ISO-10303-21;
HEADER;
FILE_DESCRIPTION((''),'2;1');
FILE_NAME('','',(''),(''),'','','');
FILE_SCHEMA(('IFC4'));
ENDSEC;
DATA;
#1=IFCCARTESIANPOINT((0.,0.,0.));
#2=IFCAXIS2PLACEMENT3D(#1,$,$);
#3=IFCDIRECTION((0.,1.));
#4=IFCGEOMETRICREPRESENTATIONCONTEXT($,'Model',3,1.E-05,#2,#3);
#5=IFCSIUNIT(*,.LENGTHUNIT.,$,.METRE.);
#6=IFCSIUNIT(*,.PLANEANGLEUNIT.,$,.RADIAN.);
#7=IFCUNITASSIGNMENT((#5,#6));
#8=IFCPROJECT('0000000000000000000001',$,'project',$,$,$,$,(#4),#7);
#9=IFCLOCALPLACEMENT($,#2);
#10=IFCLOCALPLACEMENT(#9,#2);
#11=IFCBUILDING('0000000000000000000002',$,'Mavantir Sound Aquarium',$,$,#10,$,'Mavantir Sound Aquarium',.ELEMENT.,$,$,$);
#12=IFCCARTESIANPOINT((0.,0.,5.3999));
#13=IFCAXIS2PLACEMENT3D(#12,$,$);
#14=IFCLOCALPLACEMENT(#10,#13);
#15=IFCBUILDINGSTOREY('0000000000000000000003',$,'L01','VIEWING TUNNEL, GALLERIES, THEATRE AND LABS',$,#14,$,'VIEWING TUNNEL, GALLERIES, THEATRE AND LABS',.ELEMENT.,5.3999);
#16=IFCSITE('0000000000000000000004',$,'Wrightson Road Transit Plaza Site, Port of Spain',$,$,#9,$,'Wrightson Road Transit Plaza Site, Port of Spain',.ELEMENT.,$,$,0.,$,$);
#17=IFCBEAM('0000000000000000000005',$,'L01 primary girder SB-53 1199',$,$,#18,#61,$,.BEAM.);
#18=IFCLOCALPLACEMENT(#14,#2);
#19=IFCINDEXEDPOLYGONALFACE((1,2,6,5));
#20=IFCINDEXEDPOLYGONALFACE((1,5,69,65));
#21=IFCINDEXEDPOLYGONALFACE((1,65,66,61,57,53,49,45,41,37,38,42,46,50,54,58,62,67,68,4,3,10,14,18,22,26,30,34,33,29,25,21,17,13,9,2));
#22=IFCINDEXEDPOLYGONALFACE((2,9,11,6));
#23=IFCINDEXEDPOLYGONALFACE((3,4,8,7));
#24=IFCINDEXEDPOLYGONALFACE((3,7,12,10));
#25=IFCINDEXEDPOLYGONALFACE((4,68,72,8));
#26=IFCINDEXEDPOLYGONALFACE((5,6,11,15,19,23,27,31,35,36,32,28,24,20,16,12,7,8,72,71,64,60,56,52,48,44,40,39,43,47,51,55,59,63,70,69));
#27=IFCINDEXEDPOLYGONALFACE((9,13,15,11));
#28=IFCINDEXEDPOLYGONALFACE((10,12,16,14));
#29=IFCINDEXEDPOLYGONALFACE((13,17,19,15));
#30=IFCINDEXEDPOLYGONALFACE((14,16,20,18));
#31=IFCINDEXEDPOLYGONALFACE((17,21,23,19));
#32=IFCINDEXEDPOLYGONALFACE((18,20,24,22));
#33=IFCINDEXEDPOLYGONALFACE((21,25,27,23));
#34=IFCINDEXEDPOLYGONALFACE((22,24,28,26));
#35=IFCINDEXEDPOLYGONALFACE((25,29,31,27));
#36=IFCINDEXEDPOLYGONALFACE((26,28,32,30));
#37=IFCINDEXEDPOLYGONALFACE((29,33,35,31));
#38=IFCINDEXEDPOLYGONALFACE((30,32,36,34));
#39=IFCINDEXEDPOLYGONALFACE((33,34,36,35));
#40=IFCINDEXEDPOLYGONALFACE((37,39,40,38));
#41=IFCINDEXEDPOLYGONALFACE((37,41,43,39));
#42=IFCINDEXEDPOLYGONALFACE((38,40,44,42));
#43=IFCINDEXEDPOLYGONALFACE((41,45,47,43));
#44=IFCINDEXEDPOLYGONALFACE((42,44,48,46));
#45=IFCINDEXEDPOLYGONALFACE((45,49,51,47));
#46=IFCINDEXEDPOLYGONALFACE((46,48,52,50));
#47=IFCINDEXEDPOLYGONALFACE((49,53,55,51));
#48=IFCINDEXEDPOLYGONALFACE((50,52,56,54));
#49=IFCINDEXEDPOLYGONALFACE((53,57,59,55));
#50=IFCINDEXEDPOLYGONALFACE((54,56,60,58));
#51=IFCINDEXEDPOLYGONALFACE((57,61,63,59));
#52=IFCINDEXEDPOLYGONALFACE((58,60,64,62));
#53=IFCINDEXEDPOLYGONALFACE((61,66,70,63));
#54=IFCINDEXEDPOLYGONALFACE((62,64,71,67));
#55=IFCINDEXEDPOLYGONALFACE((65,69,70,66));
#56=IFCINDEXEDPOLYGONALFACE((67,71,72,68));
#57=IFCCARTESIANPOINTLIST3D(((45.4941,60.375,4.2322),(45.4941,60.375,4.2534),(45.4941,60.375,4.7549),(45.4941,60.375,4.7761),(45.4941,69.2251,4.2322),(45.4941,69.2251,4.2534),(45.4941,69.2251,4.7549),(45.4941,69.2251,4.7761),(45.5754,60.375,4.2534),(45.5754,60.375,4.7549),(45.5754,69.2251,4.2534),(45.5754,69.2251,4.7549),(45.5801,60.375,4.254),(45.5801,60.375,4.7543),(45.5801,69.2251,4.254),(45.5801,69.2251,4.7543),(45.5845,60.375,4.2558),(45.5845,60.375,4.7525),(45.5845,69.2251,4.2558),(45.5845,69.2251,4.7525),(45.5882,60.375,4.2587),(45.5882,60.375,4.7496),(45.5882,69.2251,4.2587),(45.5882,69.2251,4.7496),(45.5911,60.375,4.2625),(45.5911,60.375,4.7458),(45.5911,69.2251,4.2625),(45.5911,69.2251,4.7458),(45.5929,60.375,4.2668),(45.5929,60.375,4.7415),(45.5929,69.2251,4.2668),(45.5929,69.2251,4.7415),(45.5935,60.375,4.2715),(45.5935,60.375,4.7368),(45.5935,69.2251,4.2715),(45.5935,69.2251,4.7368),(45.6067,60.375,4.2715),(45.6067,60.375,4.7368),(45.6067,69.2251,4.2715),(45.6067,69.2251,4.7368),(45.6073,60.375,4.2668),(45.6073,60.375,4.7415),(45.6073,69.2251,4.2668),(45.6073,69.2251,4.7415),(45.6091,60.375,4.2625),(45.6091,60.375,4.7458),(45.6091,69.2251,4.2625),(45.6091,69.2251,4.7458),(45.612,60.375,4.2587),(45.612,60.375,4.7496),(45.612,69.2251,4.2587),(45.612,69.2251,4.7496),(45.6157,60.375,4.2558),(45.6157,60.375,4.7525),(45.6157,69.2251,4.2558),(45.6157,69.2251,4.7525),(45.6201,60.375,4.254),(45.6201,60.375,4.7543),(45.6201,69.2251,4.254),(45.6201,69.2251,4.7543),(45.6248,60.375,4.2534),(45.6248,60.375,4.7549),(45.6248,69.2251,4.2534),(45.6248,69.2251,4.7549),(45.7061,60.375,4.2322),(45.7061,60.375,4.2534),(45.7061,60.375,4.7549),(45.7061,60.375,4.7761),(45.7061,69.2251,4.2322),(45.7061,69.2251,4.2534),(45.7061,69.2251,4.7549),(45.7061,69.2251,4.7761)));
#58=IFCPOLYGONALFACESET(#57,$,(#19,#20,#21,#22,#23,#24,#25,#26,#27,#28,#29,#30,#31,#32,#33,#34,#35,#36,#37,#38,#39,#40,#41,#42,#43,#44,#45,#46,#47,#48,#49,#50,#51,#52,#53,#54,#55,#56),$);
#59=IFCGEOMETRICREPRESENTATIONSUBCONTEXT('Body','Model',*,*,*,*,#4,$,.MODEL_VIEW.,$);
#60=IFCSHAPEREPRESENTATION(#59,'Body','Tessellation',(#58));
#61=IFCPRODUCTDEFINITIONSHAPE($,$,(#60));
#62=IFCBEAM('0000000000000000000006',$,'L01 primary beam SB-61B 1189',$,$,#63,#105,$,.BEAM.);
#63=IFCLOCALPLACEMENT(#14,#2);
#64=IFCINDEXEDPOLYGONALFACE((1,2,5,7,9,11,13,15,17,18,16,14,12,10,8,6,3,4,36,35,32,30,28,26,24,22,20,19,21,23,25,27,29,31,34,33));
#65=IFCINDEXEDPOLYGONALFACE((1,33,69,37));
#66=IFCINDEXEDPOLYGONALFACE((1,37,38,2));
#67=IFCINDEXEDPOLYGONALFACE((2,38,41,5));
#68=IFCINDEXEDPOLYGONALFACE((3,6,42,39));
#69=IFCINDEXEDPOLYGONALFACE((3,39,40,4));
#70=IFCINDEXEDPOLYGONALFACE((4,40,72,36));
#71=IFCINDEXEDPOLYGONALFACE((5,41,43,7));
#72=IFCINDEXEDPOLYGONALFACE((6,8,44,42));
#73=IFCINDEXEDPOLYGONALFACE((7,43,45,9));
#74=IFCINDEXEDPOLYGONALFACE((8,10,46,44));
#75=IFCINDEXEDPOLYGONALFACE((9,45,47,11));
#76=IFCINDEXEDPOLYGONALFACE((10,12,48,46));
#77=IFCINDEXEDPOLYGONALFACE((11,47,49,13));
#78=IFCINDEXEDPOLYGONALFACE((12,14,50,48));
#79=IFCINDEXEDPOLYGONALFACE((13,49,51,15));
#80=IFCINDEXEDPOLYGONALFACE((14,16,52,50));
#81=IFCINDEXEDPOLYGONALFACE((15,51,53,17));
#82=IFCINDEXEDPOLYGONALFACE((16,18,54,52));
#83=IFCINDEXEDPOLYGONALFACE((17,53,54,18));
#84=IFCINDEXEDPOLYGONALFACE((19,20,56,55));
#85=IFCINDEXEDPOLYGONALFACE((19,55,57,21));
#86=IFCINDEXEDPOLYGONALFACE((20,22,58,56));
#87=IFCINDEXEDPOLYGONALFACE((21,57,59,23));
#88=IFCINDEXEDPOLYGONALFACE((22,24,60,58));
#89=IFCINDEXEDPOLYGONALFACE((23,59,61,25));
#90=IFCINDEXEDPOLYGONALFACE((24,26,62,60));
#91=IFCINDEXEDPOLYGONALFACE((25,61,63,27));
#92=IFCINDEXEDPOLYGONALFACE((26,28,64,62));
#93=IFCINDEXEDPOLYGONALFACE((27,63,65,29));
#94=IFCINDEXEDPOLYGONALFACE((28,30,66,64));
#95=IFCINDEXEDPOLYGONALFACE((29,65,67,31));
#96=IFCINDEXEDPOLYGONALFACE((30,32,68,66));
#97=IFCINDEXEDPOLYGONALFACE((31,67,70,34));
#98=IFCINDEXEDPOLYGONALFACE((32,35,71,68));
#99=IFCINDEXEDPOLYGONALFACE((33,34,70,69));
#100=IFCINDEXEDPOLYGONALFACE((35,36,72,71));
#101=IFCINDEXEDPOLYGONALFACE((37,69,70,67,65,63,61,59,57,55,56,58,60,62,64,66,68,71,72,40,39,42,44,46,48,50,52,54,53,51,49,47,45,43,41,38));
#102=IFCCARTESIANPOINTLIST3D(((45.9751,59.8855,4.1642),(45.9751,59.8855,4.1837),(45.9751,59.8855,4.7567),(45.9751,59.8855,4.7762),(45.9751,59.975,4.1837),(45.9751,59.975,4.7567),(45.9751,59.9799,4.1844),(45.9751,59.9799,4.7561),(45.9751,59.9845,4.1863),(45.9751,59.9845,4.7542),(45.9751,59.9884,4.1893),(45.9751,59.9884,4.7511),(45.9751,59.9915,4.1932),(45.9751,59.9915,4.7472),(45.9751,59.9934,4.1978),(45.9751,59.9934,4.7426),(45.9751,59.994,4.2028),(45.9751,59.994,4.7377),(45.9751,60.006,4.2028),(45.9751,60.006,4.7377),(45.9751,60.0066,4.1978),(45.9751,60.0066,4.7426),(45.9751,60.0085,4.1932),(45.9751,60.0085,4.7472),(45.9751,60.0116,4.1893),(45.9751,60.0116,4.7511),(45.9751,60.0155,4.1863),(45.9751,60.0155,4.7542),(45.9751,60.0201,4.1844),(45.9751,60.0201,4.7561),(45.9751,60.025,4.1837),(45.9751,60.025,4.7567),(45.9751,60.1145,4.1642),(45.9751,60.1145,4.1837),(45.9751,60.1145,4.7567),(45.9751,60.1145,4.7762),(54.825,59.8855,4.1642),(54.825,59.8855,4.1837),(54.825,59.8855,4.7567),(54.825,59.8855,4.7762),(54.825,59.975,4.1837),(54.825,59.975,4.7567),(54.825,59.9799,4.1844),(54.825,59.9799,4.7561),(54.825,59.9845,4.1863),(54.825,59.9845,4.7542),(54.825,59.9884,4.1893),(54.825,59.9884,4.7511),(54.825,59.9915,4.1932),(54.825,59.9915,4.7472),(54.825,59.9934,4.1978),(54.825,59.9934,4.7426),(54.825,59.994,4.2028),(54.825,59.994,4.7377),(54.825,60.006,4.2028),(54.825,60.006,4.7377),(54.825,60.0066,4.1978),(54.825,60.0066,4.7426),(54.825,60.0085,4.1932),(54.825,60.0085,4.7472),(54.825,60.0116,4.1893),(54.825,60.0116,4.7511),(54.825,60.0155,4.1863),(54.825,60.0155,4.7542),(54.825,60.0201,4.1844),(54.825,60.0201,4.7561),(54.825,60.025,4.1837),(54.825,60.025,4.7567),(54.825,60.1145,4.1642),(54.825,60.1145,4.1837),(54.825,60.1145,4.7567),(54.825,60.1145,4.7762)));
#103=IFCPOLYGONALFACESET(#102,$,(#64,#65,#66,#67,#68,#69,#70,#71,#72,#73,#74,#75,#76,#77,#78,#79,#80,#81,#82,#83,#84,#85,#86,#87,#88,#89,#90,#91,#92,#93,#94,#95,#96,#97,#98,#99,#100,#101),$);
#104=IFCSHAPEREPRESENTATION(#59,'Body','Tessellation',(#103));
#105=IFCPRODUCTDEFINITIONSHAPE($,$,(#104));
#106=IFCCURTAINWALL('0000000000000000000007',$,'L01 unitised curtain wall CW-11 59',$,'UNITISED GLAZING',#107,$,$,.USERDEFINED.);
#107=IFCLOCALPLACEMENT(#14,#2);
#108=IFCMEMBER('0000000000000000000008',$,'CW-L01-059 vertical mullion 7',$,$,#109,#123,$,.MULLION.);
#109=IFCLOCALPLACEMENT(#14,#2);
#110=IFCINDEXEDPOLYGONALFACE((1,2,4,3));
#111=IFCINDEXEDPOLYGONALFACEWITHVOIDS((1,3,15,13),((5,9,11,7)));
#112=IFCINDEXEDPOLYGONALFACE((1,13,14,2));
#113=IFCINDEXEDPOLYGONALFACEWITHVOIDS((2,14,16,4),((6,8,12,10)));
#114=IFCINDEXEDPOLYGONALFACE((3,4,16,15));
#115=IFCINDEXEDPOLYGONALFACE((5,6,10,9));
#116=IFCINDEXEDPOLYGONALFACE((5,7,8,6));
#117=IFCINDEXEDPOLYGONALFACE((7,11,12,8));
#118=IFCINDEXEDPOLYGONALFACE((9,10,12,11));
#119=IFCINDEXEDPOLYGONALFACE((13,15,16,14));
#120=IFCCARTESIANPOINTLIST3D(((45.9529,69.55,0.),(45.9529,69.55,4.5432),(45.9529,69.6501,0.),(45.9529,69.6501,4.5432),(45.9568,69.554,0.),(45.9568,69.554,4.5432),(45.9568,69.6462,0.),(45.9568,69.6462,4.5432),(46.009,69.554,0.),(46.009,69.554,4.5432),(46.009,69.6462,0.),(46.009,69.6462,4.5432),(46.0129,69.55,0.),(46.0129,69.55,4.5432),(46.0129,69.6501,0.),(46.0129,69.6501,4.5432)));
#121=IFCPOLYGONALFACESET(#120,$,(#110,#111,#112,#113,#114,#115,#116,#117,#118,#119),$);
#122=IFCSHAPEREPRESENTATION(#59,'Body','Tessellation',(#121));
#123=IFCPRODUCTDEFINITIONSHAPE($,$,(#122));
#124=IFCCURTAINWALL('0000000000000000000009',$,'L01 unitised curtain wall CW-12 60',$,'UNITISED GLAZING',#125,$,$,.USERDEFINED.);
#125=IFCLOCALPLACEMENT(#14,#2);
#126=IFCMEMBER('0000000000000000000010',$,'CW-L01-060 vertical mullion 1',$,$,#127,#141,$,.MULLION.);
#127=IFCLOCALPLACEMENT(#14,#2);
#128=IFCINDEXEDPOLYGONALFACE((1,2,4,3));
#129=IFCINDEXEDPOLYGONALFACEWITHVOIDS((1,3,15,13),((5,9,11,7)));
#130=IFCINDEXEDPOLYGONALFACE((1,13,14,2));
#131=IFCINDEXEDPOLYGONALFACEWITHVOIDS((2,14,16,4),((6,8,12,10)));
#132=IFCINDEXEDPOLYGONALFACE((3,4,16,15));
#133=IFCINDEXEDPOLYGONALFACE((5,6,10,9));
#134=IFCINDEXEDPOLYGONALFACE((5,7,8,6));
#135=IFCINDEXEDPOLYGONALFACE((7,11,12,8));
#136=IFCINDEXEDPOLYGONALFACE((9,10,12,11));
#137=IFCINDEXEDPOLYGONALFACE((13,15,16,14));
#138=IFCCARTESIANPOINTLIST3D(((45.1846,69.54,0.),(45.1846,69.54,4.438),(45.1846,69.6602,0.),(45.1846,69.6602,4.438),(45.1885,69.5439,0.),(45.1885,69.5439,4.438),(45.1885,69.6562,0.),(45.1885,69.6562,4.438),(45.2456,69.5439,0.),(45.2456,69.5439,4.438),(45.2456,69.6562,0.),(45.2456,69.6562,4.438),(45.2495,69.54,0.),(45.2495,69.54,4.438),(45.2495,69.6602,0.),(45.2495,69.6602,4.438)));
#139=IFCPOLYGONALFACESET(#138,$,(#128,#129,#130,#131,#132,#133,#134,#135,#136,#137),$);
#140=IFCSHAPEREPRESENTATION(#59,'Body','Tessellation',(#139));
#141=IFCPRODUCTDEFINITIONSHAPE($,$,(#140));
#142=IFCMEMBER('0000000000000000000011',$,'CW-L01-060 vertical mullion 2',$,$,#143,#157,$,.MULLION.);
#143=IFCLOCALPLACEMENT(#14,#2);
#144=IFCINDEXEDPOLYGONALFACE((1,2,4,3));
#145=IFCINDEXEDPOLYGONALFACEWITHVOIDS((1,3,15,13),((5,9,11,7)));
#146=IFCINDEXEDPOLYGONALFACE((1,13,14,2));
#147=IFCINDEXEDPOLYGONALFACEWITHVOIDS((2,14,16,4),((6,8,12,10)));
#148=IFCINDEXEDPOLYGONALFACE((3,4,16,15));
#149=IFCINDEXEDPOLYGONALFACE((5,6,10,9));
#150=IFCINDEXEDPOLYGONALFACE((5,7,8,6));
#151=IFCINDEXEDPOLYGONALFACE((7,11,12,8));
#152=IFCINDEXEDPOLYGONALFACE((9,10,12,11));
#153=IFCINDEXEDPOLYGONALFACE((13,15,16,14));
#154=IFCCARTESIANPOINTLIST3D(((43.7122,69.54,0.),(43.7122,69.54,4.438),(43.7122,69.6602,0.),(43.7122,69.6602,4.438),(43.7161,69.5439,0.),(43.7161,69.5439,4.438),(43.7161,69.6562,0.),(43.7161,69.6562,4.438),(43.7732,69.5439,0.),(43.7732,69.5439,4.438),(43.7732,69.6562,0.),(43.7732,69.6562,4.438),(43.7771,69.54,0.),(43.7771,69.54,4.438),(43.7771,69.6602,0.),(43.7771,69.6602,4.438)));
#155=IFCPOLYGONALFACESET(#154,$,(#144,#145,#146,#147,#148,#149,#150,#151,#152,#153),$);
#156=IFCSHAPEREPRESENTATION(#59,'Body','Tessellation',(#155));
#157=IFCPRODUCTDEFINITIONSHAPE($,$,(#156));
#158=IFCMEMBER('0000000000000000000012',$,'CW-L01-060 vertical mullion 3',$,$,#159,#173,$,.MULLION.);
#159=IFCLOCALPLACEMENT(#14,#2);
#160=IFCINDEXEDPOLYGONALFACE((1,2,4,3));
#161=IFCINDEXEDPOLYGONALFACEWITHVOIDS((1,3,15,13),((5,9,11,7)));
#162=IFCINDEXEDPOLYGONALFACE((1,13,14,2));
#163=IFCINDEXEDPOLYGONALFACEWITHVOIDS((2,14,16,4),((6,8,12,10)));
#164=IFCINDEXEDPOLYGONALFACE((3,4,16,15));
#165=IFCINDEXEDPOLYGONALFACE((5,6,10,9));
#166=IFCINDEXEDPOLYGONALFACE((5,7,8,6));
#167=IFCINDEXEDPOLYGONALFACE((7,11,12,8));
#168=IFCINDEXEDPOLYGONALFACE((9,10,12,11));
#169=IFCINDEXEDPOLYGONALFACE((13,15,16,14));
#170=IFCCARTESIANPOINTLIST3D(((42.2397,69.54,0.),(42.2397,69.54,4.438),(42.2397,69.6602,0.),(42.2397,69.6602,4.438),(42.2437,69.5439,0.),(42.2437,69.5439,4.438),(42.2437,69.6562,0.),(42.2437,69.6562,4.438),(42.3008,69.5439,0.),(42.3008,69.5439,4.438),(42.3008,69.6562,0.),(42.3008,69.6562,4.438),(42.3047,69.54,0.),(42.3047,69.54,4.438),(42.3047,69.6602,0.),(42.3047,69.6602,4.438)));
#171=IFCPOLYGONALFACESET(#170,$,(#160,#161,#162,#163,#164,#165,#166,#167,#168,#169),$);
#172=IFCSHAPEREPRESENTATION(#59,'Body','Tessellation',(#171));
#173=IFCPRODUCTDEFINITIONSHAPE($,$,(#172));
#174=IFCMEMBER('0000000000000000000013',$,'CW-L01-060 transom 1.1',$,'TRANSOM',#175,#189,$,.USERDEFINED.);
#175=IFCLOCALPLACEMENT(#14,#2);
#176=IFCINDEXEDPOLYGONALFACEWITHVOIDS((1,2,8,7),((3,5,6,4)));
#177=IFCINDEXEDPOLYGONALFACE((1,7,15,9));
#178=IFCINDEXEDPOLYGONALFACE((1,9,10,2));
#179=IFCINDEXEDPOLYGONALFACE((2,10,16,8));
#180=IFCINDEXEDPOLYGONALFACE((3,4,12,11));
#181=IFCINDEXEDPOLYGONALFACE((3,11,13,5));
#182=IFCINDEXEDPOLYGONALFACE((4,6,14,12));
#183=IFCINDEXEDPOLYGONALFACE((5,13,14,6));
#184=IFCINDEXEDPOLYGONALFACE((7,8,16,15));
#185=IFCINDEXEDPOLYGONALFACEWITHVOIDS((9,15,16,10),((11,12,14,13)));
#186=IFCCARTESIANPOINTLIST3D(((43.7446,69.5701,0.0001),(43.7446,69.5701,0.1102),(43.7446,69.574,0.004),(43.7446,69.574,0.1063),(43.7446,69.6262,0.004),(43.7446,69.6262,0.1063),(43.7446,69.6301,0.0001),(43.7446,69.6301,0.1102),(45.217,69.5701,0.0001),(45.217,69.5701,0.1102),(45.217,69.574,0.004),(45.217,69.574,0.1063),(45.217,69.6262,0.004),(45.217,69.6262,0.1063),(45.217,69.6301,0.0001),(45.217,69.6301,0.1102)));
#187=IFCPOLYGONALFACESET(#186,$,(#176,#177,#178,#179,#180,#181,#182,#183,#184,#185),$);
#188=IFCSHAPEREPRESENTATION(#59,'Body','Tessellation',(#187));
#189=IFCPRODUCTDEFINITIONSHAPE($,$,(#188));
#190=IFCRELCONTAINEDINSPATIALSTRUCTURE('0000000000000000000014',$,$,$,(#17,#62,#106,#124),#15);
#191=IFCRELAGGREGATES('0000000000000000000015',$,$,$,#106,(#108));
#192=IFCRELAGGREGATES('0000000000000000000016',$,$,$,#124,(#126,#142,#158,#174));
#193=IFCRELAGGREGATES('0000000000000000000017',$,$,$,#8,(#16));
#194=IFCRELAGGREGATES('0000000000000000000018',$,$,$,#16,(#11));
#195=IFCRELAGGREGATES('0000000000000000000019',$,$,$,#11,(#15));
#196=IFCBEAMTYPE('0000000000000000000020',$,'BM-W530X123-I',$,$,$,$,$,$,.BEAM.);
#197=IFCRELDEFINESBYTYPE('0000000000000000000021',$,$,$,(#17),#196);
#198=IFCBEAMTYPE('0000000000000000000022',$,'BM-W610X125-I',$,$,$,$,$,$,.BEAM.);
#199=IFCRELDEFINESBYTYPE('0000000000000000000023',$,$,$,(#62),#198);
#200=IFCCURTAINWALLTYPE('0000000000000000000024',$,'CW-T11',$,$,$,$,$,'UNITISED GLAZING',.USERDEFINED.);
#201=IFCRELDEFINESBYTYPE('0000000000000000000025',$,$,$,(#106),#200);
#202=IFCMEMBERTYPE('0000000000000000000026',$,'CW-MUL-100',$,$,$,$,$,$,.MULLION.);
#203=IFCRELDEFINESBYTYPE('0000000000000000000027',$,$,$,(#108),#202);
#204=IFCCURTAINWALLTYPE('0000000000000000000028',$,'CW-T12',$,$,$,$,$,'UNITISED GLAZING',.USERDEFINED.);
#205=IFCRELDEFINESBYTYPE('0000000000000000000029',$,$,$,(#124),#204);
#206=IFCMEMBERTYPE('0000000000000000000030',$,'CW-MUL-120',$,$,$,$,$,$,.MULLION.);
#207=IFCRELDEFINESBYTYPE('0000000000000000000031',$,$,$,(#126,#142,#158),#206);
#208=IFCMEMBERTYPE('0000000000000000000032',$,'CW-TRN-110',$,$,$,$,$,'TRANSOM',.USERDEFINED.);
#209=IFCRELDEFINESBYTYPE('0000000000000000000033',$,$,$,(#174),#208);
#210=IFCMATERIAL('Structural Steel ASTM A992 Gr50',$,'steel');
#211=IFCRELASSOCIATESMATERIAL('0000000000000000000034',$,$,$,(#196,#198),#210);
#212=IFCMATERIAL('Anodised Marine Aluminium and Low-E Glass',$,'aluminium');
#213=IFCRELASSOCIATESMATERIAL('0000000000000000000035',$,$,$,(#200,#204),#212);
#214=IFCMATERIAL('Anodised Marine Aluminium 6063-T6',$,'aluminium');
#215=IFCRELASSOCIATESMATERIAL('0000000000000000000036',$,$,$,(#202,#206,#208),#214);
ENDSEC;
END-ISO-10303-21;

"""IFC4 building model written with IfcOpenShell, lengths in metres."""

from ifc_helpers import new_model, si_unit, direction, frame, origin, origin_2d, place, context, subcontext, project, spatial, hollow_rectangle, i_section, extrude, material, material_profile, profile_set, type_object, element, aggregate, save


model = new_model("IFC4")

# Units and contexts
model_context = context("Model", 3, precision=1e-05, world=origin(), true_north=direction((0.0, 1.0)))
body_context = subcontext(model_context, "Body", "Model", "MODEL_VIEW")
ifc_project = project(units=[si_unit("LENGTHUNIT", "METRE"), si_unit("PLANEANGLEUNIT", "RADIAN")], contexts=[model_context])

# Site, building, storey
site_placement = place(None, origin())
site = spatial("IfcSite", under=ifc_project, at=site_placement, Name="Wrightson Road Transit Plaza Site, Port of Spain", LongName="Wrightson Road Transit Plaza Site, Port of Spain", CompositionType="ELEMENT", RefElevation=0.0)
building_placement = place(site_placement, origin())
building = spatial("IfcBuilding", under=site, at=building_placement, Name="Mavantir Sound Aquarium", LongName="Mavantir Sound Aquarium", CompositionType="ELEMENT")
storey_placement = place(building_placement, frame((0.0, 0.0, 5.3999)))
storey = spatial("IfcBuildingStorey", under=building, at=storey_placement, Name="L01", Description="VIEWING TUNNEL, GALLERIES, THEATRE AND LABS", LongName="VIEWING TUNNEL, GALLERIES, THEATRE AND LABS", CompositionType="ELEMENT", Elevation=5.3999)

# Beams
ifc_material_1 = material(Name="Structural Steel ASTM A992 Gr50", Category="steel")
ifc_material_profile_1 = material_profile(ifc_material_1, i_section(OverallWidth=0.2119, OverallDepth=0.5439, WebThickness=0.0132, FlangeThickness=0.0212, FilletRadius=0.0181, at=origin_2d()), Name="W530X123")
ifc_profile_set_1 = profile_set([ifc_material_profile_1], Name="Structural Steel ASTM A992 Gr50")
beam_type_1 = type_object("IfcBeamType", Name="BM-W530X123-I", PredefinedType="BEAM", material=ifc_profile_set_1)
beam_1_placement = place(storey_placement, frame((45.6001, 60.375, 4.5042), z_axis=(0.0, 1.0, 0.0), x_axis=(-1.0, 0.0, 0.0)))
element("IfcBeam", 1, at=beam_1_placement, inside=storey, type_object=beam_type_1, Name="L01 primary girder SB-53 1199", PredefinedType="BEAM", context=body_context, shape_type="SweptSolid", body=[
    extrude(i_section(OverallWidth=0.2119, OverallDepth=0.5439, WebThickness=0.0132, FlangeThickness=0.0212, FilletRadius=0.0181, at=origin_2d()), origin(), (0.0, 0.0, 1.0), 8.8501),
])
ifc_material_profile_2 = material_profile(ifc_material_1, i_section(OverallWidth=0.229, OverallDepth=0.6121, WebThickness=0.012, FlangeThickness=0.0195, FilletRadius=0.019, at=origin_2d()), Name="W610X125")
ifc_profile_set_2 = profile_set([ifc_material_profile_2], Name="Structural Steel ASTM A992 Gr50")
beam_type_2 = type_object("IfcBeamType", Name="BM-W610X125-I", PredefinedType="BEAM", material=ifc_profile_set_2)
beam_2_placement = place(storey_placement, frame((45.9751, 60.0, 4.4702), z_axis=(1.0, 0.0, 0.0), x_axis=(0.0, 1.0, 0.0)))
element("IfcBeam", 2, at=beam_2_placement, inside=storey, type_object=beam_type_2, Name="L01 primary beam SB-61B 1189", PredefinedType="BEAM", context=body_context, shape_type="SweptSolid", body=[
    extrude(i_section(OverallWidth=0.229, OverallDepth=0.6121, WebThickness=0.012, FlangeThickness=0.0195, FilletRadius=0.019, at=origin_2d()), origin(), (0.0, 0.0, 1.0), 8.8499),
])

# Curtain wall, member
ifc_material_2 = material(Name="Anodised Marine Aluminium and Low-E Glass", Category="aluminium")
curtain_wall_type_1 = type_object("IfcCurtainWallType", Name="CW-T11", ElementType="UNITISED GLAZING", PredefinedType="USERDEFINED", material=ifc_material_2)
curtain_wall_1_placement = place(storey_placement, origin())
curtain_wall_1 = element("IfcCurtainWall", 3, at=curtain_wall_1_placement, inside=storey, type_object=curtain_wall_type_1, Name="L01 unitised curtain wall CW-11 59", ObjectType="UNITISED GLAZING", PredefinedType="USERDEFINED")
ifc_material_3 = material(Name="Anodised Marine Aluminium 6063-T6", Category="aluminium")
ifc_material_profile_3 = material_profile(ifc_material_3, hollow_rectangle(XDim=0.0601, YDim=0.1001, WallThickness=0.0039, at=origin_2d()), Name="ALU-MULLION-100X60")
ifc_profile_set_3 = profile_set([ifc_material_profile_3], Name="Anodised Marine Aluminium 6063-T6")
member_type_1 = type_object("IfcMemberType", Name="CW-MUL-100", PredefinedType="MULLION", material=ifc_profile_set_3)
member_1_placement = place(storey_placement, frame((45.9829, 69.6001, 0.0), z_axis=(0.0, 0.0, 1.0), x_axis=(1.0, 0.0, 0.0)))
member_1 = element("IfcMember", 4, at=member_1_placement, type_object=member_type_1, Name="CW-L01-059 vertical mullion 7", PredefinedType="MULLION", context=body_context, shape_type="SweptSolid", body=[
    extrude(hollow_rectangle(XDim=0.0601, YDim=0.1001, WallThickness=0.0039, at=origin_2d()), origin(), (0.0, 0.0, 1.0), 4.5432),
])
aggregate(curtain_wall_1, [member_1])

# Curtain wall, members
curtain_wall_type_2 = type_object("IfcCurtainWallType", Name="CW-T12", ElementType="UNITISED GLAZING", PredefinedType="USERDEFINED", material=ifc_material_2)
curtain_wall_2_placement = place(storey_placement, origin())
curtain_wall_2 = element("IfcCurtainWall", 5, at=curtain_wall_2_placement, inside=storey, type_object=curtain_wall_type_2, Name="L01 unitised curtain wall CW-12 60", ObjectType="UNITISED GLAZING", PredefinedType="USERDEFINED")
ifc_material_profile_4 = material_profile(ifc_material_3, hollow_rectangle(XDim=0.0649, YDim=0.1201, WallThickness=0.0039, at=origin_2d()), Name="ALU-MULLION-120X65")
ifc_profile_set_4 = profile_set([ifc_material_profile_4], Name="Anodised Marine Aluminium 6063-T6")
member_type_2 = type_object("IfcMemberType", Name="CW-MUL-120", PredefinedType="MULLION", material=ifc_profile_set_4)
member_2_placement = place(storey_placement, frame((45.217, 69.6001, 0.0), z_axis=(0.0, 0.0, 1.0), x_axis=(1.0, 0.0, 0.0)))
member_2 = element("IfcMember", 6, at=member_2_placement, type_object=member_type_2, Name="CW-L01-060 vertical mullion 1", PredefinedType="MULLION", context=body_context, shape_type="SweptSolid", body=[
    extrude(hollow_rectangle(XDim=0.0649, YDim=0.1201, WallThickness=0.0039, at=origin_2d()), origin(), (0.0, 0.0, 1.0), 4.438),
])
member_3_placement = place(storey_placement, frame((43.7446, 69.6001, 0.0), z_axis=(0.0, 0.0, 1.0), x_axis=(1.0, 0.0, 0.0)))
member_3 = element("IfcMember", 7, at=member_3_placement, type_object=member_type_2, Name="CW-L01-060 vertical mullion 2", PredefinedType="MULLION", context=body_context, shape_type="SweptSolid", body=[
    extrude(hollow_rectangle(XDim=0.0649, YDim=0.1201, WallThickness=0.0039, at=origin_2d()), origin(), (0.0, 0.0, 1.0), 4.438),
])
member_4_placement = place(storey_placement, frame((42.2722, 69.6001, 0.0), z_axis=(0.0, 0.0, 1.0), x_axis=(1.0, 0.0, 0.0)))
member_4 = element("IfcMember", 8, at=member_4_placement, type_object=member_type_2, Name="CW-L01-060 vertical mullion 3", PredefinedType="MULLION", context=body_context, shape_type="SweptSolid", body=[
    extrude(hollow_rectangle(XDim=0.0649, YDim=0.1201, WallThickness=0.0039, at=origin_2d()), origin(), (0.0, 0.0, 1.0), 4.438),
])
ifc_material_profile_5 = material_profile(ifc_material_3, hollow_rectangle(XDim=0.0601, YDim=0.1101, WallThickness=0.0039, at=origin_2d()), Name="ALU-TRANSOM-110X60")
ifc_profile_set_5 = profile_set([ifc_material_profile_5], Name="Anodised Marine Aluminium 6063-T6")
member_type_3 = type_object("IfcMemberType", Name="CW-TRN-110", ElementType="TRANSOM", PredefinedType="USERDEFINED", material=ifc_profile_set_5)
member_5_placement = place(storey_placement, frame((45.217, 69.6001, 0.0552), z_axis=(-1.0, 0.0, 0.0), x_axis=(0.0, -1.0, 0.0)))
member_5 = element("IfcMember", 9, at=member_5_placement, type_object=member_type_3, Name="CW-L01-060 transom 1.1", ObjectType="TRANSOM", PredefinedType="USERDEFINED", context=body_context, shape_type="SweptSolid", body=[
    extrude(hollow_rectangle(XDim=0.0601, YDim=0.1101, WallThickness=0.0039, at=origin_2d()), origin(), (0.0, 0.0, 1.0), 1.4724),
])
aggregate(curtain_wall_2, [member_2, member_3, member_4, member_5])

save(model, "model.ifc")
